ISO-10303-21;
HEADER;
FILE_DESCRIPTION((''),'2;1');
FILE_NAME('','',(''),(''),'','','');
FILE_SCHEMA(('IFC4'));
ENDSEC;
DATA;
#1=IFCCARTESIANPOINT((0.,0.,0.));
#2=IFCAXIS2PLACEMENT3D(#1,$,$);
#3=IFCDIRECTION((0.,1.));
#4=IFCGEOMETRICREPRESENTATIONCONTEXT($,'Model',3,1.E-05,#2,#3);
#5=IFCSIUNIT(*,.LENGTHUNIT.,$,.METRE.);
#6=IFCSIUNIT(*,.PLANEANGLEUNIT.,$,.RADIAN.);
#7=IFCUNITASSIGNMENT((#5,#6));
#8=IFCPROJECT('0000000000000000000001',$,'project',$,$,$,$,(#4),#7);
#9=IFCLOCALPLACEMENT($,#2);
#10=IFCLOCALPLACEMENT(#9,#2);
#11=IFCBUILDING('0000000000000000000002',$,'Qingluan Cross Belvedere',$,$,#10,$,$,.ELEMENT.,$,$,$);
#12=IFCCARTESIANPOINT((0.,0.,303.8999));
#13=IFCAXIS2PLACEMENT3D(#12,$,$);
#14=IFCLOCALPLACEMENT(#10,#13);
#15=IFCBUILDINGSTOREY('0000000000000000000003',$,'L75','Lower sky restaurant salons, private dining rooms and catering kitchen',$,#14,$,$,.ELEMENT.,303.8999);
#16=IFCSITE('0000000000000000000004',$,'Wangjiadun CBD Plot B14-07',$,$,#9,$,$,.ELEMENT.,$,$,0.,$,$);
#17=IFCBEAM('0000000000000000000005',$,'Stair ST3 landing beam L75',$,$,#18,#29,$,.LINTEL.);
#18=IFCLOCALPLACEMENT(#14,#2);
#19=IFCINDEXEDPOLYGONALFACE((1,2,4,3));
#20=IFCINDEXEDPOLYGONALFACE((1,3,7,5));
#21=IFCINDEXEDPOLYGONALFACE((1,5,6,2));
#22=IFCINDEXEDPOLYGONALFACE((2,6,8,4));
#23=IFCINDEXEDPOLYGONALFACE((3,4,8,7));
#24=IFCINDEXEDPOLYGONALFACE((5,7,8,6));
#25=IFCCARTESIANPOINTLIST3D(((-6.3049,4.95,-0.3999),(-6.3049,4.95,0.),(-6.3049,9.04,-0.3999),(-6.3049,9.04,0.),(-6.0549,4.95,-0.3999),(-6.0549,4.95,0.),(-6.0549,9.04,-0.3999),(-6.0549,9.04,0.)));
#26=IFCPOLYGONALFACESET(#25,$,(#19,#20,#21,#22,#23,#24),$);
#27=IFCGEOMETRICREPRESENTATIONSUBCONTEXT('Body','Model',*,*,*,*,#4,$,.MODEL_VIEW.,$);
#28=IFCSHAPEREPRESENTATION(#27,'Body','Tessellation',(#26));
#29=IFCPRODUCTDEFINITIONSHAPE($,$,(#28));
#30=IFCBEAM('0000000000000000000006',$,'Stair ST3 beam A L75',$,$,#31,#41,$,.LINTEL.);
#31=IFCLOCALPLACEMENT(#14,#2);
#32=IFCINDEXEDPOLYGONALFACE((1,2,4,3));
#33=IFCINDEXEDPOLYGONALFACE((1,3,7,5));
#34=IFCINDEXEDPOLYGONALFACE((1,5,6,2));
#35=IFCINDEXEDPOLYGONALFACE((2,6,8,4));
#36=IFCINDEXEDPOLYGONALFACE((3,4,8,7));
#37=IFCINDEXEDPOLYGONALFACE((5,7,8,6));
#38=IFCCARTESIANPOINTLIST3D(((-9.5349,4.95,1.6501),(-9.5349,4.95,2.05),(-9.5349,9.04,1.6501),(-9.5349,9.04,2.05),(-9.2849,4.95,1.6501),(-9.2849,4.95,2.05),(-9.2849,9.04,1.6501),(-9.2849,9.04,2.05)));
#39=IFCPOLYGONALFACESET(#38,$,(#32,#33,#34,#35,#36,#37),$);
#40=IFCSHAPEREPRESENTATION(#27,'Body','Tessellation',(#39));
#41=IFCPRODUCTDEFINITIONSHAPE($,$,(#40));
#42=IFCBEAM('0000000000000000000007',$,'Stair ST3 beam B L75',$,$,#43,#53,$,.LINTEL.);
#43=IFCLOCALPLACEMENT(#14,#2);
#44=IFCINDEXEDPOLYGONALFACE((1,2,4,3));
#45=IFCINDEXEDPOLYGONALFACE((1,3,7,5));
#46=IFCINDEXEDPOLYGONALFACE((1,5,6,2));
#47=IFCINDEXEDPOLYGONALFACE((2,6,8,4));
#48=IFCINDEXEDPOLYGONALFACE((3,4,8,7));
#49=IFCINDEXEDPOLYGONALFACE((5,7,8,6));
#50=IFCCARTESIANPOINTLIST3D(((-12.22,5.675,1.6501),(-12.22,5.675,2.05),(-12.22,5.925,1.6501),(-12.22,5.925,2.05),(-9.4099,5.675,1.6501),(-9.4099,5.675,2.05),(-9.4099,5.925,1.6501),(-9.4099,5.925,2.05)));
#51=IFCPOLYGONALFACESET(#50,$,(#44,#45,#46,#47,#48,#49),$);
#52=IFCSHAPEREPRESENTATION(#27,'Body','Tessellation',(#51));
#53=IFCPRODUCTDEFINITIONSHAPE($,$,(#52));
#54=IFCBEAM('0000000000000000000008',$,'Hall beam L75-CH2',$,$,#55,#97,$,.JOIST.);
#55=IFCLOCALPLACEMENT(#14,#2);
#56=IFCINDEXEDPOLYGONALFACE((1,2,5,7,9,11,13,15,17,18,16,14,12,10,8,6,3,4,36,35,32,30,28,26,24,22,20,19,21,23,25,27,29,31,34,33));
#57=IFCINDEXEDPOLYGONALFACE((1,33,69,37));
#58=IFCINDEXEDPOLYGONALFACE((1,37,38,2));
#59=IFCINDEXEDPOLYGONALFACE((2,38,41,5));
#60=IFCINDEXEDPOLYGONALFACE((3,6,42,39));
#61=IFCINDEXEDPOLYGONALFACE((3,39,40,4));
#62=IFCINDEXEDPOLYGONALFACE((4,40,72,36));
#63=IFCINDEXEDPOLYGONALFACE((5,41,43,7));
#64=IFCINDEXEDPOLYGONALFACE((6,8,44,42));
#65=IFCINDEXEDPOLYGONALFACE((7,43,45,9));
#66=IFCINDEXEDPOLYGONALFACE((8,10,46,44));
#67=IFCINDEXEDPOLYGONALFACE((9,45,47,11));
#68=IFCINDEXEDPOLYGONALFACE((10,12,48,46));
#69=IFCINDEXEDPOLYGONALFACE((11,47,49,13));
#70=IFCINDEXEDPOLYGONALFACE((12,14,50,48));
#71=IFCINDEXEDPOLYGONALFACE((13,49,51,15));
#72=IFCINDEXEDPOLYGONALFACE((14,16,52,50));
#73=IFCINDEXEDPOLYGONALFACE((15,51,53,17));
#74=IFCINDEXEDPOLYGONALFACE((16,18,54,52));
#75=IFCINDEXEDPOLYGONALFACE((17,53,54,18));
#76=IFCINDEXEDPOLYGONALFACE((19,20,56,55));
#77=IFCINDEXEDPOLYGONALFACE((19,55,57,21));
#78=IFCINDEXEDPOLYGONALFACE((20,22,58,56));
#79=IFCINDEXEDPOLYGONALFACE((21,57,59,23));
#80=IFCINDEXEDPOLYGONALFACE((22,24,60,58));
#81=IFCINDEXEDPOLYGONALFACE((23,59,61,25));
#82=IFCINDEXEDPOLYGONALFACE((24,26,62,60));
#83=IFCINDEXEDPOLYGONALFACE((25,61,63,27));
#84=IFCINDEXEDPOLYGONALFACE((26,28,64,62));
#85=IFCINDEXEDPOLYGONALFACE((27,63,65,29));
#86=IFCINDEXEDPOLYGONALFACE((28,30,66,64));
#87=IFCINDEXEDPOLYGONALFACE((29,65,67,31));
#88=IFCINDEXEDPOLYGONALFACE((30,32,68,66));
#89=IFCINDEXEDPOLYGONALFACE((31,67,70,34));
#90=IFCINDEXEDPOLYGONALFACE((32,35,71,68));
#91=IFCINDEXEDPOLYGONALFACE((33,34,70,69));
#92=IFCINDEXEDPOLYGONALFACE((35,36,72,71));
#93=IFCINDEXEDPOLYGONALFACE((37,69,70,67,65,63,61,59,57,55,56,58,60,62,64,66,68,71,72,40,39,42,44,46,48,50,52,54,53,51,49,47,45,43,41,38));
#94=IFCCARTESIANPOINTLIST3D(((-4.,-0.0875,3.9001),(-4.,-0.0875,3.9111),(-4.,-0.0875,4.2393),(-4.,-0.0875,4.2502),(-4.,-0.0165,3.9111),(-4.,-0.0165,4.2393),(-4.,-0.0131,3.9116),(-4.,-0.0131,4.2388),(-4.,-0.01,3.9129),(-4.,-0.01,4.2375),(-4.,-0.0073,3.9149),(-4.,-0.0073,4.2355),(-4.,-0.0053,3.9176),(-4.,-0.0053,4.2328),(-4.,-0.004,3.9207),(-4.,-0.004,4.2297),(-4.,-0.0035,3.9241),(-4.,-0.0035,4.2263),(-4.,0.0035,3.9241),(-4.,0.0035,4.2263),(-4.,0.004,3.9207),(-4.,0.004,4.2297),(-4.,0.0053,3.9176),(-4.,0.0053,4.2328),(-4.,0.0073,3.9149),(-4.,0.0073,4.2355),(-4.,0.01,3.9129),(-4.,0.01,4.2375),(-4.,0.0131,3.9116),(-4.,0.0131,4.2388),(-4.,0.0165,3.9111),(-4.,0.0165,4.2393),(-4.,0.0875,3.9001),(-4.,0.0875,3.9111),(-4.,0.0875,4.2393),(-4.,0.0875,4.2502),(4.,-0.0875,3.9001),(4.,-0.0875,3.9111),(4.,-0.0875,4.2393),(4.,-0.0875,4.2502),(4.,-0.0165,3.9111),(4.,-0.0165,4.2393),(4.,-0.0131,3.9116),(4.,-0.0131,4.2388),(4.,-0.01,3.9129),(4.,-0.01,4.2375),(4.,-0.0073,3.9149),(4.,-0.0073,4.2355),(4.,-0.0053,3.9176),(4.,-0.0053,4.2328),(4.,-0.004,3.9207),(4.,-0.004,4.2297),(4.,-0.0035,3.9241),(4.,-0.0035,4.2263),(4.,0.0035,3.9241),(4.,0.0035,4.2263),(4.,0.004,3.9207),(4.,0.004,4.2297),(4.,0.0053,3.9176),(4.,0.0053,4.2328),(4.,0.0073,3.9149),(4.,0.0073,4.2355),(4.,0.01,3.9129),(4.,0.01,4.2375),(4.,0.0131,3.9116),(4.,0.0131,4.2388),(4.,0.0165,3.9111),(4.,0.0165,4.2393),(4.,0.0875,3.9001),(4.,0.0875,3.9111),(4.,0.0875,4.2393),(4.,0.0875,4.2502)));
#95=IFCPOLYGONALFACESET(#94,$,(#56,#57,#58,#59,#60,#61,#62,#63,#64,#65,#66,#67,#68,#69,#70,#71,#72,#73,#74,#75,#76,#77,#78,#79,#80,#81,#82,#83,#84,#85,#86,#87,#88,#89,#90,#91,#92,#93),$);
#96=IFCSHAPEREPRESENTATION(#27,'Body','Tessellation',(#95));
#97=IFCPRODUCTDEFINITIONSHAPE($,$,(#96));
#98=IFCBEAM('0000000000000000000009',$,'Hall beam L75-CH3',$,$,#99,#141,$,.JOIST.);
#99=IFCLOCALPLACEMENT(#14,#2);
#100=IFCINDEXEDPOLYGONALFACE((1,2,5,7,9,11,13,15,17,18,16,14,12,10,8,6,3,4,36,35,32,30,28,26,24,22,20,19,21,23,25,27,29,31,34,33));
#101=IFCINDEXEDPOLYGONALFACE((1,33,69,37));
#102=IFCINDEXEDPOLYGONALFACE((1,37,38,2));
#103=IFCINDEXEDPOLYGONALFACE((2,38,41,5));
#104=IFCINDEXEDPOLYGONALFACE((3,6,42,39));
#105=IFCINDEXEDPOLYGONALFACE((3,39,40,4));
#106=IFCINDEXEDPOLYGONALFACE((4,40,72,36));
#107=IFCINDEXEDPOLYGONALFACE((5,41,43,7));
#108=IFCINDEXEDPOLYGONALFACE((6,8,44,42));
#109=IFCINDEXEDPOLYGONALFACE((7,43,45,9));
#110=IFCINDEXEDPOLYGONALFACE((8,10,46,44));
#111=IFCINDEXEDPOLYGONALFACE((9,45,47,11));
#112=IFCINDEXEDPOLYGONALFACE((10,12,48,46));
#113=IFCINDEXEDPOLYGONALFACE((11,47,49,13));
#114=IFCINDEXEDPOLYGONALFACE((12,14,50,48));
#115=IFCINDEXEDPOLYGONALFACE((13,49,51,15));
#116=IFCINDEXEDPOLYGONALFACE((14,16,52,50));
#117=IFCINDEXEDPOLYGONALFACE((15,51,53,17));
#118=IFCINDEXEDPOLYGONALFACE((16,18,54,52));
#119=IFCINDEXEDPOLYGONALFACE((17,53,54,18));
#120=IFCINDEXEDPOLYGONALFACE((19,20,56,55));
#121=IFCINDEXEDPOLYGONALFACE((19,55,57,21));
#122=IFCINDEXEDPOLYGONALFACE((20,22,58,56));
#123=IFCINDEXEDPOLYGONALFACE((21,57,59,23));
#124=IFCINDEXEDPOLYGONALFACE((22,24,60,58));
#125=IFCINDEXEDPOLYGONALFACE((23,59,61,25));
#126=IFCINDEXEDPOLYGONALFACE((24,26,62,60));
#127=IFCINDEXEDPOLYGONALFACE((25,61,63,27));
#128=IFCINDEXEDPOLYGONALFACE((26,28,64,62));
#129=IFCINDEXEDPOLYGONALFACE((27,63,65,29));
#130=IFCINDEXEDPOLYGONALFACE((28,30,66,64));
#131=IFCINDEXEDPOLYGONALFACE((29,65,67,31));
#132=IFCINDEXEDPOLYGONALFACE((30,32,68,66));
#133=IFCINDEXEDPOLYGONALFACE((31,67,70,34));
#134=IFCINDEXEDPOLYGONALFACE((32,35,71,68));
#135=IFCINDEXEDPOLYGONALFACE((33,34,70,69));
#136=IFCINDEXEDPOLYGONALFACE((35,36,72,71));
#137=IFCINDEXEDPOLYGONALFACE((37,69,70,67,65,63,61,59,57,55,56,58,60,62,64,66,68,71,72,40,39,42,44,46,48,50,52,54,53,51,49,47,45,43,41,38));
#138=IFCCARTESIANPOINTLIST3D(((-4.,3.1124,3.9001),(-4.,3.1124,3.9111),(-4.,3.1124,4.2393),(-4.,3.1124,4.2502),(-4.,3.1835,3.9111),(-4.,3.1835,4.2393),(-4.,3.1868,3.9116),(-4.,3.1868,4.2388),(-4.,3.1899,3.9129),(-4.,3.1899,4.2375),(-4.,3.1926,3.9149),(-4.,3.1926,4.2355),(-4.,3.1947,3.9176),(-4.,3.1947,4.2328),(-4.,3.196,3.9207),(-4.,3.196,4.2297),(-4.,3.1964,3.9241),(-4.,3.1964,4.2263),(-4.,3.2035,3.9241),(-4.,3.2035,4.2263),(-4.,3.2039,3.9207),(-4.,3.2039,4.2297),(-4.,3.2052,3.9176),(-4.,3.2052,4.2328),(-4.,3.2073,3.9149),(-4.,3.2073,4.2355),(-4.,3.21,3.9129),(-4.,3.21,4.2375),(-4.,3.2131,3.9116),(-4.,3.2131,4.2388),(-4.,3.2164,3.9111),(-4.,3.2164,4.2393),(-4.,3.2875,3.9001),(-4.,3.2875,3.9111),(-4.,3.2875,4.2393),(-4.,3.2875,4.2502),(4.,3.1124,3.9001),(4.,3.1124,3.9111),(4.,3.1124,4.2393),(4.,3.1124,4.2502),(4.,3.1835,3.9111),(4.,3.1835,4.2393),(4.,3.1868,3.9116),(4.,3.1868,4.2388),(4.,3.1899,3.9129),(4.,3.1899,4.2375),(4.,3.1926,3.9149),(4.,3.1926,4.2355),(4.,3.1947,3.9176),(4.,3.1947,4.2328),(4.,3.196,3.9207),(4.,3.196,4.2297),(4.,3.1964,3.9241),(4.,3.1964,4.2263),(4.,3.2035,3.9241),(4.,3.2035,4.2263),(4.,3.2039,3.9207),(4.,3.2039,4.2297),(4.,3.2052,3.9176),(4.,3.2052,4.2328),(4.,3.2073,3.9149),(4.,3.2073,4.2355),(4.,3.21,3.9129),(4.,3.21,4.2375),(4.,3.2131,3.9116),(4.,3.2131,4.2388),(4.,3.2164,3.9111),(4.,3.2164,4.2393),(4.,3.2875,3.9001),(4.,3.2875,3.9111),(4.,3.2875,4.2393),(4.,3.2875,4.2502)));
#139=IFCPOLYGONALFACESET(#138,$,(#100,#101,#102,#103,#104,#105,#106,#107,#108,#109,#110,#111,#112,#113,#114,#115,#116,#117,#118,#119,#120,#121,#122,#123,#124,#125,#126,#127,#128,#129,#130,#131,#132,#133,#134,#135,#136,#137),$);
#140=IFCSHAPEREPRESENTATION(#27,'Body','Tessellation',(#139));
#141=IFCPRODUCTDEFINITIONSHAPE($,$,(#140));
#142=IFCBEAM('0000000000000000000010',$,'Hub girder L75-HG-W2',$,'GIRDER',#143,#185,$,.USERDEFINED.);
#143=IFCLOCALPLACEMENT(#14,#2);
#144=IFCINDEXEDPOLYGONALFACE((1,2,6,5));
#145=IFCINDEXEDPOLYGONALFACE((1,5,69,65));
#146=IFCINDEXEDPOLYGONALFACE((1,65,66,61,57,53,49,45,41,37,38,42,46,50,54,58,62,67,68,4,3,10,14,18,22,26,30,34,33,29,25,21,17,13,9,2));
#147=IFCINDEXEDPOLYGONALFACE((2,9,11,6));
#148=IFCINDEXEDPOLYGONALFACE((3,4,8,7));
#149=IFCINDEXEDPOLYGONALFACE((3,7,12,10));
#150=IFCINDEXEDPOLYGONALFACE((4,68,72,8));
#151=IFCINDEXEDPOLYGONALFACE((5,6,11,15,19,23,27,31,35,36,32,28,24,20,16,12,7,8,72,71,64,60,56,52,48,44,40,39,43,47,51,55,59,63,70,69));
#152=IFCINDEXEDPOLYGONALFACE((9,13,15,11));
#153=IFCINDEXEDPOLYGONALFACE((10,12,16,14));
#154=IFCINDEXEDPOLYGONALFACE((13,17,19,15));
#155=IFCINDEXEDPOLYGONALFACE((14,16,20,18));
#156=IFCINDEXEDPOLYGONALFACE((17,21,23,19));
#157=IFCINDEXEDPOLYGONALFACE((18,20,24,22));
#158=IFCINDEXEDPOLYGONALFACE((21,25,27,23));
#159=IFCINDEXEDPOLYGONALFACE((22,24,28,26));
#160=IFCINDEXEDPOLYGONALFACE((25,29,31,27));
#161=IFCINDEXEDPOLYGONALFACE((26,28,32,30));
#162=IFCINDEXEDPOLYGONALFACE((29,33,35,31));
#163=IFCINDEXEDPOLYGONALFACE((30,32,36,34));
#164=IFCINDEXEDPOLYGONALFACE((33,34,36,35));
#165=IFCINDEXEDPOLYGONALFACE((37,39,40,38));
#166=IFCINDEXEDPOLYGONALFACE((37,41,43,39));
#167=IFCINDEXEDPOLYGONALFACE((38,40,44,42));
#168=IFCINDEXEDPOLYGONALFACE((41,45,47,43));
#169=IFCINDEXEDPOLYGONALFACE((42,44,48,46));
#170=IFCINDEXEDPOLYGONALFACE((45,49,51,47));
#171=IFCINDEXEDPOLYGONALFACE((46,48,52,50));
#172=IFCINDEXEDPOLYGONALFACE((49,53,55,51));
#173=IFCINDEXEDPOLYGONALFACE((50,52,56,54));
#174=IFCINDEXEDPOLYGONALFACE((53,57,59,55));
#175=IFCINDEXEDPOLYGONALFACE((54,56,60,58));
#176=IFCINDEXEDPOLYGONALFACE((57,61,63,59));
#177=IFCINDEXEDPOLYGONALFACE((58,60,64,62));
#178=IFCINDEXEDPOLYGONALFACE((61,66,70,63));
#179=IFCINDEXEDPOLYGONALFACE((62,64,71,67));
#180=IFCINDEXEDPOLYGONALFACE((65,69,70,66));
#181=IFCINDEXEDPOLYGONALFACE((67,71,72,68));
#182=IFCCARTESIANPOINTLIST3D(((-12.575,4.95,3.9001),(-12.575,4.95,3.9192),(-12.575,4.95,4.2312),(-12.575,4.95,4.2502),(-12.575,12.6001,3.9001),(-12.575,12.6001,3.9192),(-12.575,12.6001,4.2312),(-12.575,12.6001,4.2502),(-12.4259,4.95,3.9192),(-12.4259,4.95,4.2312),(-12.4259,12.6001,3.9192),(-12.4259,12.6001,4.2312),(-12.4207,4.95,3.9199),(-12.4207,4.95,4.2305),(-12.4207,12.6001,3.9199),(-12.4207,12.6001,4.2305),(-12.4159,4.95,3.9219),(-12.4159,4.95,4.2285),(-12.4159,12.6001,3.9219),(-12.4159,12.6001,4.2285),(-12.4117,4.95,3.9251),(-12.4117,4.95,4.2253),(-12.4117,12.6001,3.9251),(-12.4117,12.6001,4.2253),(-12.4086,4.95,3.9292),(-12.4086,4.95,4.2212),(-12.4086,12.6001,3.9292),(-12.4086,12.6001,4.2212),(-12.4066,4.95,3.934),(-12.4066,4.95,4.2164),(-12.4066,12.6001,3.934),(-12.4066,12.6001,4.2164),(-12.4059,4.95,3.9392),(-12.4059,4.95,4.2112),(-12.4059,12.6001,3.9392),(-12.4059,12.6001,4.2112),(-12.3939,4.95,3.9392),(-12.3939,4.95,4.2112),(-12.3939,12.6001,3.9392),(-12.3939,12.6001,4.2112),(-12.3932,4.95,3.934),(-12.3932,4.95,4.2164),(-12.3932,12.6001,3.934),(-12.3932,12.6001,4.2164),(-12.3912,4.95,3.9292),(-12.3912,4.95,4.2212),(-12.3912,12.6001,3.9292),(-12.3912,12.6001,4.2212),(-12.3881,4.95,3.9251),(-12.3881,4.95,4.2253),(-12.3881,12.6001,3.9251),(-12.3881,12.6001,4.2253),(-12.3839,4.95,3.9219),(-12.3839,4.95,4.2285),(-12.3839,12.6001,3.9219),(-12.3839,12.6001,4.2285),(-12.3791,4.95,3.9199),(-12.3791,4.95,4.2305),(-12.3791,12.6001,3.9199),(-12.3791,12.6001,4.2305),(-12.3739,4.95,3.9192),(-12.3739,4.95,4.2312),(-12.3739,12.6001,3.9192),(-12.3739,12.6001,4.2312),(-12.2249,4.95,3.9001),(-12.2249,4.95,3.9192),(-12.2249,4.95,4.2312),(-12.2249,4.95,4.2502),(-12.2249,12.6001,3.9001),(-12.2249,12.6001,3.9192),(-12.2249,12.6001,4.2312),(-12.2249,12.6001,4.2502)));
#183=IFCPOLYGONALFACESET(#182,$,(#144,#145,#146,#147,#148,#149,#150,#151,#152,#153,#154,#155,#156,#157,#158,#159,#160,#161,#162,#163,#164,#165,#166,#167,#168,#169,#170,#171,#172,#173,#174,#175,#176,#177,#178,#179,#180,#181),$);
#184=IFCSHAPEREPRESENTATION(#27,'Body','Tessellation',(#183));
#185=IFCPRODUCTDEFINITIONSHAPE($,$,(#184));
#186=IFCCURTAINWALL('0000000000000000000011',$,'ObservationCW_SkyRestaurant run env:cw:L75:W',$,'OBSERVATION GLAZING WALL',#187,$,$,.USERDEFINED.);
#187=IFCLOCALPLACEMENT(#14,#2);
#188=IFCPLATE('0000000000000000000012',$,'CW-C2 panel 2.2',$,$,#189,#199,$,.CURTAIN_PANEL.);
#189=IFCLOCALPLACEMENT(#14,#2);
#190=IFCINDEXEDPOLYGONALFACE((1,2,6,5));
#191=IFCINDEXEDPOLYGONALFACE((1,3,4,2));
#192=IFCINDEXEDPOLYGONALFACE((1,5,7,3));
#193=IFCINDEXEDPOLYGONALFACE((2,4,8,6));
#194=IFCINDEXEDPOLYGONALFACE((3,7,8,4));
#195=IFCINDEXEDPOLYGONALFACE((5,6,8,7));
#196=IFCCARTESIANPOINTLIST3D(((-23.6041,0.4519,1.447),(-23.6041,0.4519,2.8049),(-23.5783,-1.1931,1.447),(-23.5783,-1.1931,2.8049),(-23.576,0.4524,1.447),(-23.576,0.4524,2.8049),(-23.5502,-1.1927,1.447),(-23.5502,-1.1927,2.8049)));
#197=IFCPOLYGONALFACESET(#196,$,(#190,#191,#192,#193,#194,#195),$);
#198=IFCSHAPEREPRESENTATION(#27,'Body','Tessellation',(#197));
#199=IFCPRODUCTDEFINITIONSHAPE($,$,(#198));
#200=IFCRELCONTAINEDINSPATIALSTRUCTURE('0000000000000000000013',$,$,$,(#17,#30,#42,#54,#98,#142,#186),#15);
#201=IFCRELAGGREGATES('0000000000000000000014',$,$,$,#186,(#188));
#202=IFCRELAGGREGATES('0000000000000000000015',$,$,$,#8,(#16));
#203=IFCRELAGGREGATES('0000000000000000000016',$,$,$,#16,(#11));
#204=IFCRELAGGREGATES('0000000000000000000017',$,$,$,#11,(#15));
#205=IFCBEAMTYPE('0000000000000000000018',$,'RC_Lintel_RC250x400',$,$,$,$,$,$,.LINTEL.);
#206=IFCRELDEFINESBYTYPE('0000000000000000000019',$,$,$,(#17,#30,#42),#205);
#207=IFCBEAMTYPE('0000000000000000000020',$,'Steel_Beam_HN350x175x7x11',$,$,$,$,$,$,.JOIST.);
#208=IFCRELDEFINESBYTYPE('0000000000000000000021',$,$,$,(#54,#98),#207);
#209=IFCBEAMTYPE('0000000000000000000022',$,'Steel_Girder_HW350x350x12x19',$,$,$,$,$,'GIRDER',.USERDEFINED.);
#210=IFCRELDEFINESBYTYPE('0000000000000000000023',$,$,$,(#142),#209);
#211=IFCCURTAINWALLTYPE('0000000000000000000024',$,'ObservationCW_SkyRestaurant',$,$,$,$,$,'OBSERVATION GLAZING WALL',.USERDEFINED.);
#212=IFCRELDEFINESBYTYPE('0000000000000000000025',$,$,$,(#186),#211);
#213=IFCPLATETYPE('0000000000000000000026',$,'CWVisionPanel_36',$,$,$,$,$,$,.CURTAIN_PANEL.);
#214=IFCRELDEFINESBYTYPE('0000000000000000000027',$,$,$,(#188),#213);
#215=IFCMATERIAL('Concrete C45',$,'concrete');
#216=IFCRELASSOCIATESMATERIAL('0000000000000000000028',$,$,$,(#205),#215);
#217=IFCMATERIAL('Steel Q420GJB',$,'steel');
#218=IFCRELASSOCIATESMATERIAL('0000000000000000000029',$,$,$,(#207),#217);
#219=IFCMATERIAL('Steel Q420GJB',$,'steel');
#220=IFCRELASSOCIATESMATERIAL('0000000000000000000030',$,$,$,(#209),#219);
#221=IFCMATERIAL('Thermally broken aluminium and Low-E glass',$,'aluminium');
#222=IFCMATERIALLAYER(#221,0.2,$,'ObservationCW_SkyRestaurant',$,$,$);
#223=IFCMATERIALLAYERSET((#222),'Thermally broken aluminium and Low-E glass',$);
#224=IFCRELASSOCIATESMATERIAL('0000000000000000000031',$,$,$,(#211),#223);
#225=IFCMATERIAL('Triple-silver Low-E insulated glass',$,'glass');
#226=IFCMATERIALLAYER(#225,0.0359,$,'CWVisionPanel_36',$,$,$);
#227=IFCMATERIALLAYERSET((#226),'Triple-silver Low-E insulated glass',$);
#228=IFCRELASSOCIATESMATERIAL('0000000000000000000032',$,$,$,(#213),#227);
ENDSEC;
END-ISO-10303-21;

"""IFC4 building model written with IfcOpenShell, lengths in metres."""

from ifc_helpers import new_model, si_unit, direction, frame, origin, origin_2d, place, context, subcontext, project, spatial, rectangle, i_section, extrude, material, layer, layer_set, material_profile, profile_set, type_object, element, aggregate, save


model = new_model("IFC4")

# Units and contexts
model_context = context("Model", 3, precision=1e-05, world=origin(), true_north=direction((0.0, 1.0)))
body_context = subcontext(model_context, "Body", "Model", "MODEL_VIEW")
ifc_project = project(units=[si_unit("LENGTHUNIT", "METRE"), si_unit("PLANEANGLEUNIT", "RADIAN")], contexts=[model_context])

# Site, building, storey
site_placement = place(None, origin())
site = spatial("IfcSite", under=ifc_project, at=site_placement, Name="Wangjiadun CBD Plot B14-07", CompositionType="ELEMENT", RefElevation=0.0)
building_placement = place(site_placement, origin())
building = spatial("IfcBuilding", under=site, at=building_placement, Name="Qingluan Cross Belvedere", CompositionType="ELEMENT")
storey_placement = place(building_placement, frame((0.0, 0.0, 303.8999)))
storey = spatial("IfcBuildingStorey", under=building, at=storey_placement, Name="L75", Description="Lower sky restaurant salons, private dining rooms and catering kitchen", CompositionType="ELEMENT", Elevation=303.8999)

# Beams
ifc_material_1 = material(Name="Concrete C45", Category="concrete")
ifc_material_profile_1 = material_profile(ifc_material_1, rectangle(XDim=0.25, YDim=0.3999, at=origin_2d()), Name="RC250x400")
ifc_profile_set_1 = profile_set([ifc_material_profile_1], Name="Concrete C45")
beam_type_1 = type_object("IfcBeamType", Name="RC_Lintel_RC250x400", PredefinedType="LINTEL", material=ifc_profile_set_1)
for number, where, z_axis, x_axis, name in (
    (1, (-6.1799, 4.95, -0.2), (0.0, 1.0, 0.0), (-1.0, 0.0, 0.0), "Stair ST3 landing beam L75"),
    (2, (-9.4099, 4.95, 1.8501), (0.0, 1.0, 0.0), (-1.0, 0.0, 0.0), "Stair ST3 beam A L75"),
):
    element("IfcBeam", number, at=place(storey_placement, frame(where, z_axis=z_axis, x_axis=x_axis)), inside=storey, type_object=beam_type_1, Name=name, PredefinedType="LINTEL", context=body_context, shape_type="SweptSolid", body=[
        extrude(rectangle(XDim=0.25, YDim=0.3999, at=origin_2d()), origin(), (0.0, 0.0, 1.0), 4.0901),
    ])
beam_1_placement = place(storey_placement, frame((-12.22, 5.8, 1.8501), z_axis=(1.0, 0.0, 0.0), x_axis=(0.0, 1.0, 0.0)))
element("IfcBeam", 3, at=beam_1_placement, inside=storey, type_object=beam_type_1, Name="Stair ST3 beam B L75", PredefinedType="LINTEL", context=body_context, shape_type="SweptSolid", body=[
    extrude(rectangle(XDim=0.25, YDim=0.3999, at=origin_2d()), origin(), (0.0, 0.0, 1.0), 2.8101),
])
ifc_material_2 = material(Name="Steel Q420GJB", Category="steel")
ifc_material_profile_2 = material_profile(ifc_material_2, i_section(OverallWidth=0.175, OverallDepth=0.3501, WebThickness=0.0071, FlangeThickness=0.011, FilletRadius=0.0129, at=origin_2d()), Name="HN350x175x7x11")
ifc_profile_set_2 = profile_set([ifc_material_profile_2], Name="Steel Q420GJB")
beam_type_2 = type_object("IfcBeamType", Name="Steel_Beam_HN350x175x7x11", PredefinedType="JOIST", material=ifc_profile_set_2)
for number, where, z_axis, x_axis, name in (
    (4, (-4.0, 0.0, 4.0752), (1.0, 0.0, 0.0), (0.0, 1.0, 0.0), "Hall beam L75-CH2"),
    (5, (-4.0, 3.2, 4.0752), (1.0, 0.0, 0.0), (0.0, 1.0, 0.0), "Hall beam L75-CH3"),
):
    element("IfcBeam", number, at=place(storey_placement, frame(where, z_axis=z_axis, x_axis=x_axis)), inside=storey, type_object=beam_type_2, Name=name, PredefinedType="JOIST", context=body_context, shape_type="SweptSolid", body=[
        extrude(i_section(OverallWidth=0.175, OverallDepth=0.3501, WebThickness=0.0071, FlangeThickness=0.011, FilletRadius=0.0129, at=origin_2d()), origin(), (0.0, 0.0, 1.0), 8.0),
    ])
ifc_material_3 = material(Name="Steel Q420GJB", Category="steel")
ifc_material_profile_3 = material_profile(ifc_material_3, i_section(OverallWidth=0.3501, OverallDepth=0.3501, WebThickness=0.012, FlangeThickness=0.019, FilletRadius=0.02, at=origin_2d()), Name="HW350x350x12x19")
ifc_profile_set_3 = profile_set([ifc_material_profile_3], Name="Steel Q420GJB")
beam_type_3 = type_object("IfcBeamType", Name="Steel_Girder_HW350x350x12x19", ElementType="GIRDER", PredefinedType="USERDEFINED", material=ifc_profile_set_3)
beam_2_placement = place(storey_placement, frame((-12.3999, 4.95, 4.0752), z_axis=(0.0, 1.0, 0.0), x_axis=(-1.0, 0.0, 0.0)))
element("IfcBeam", 6, at=beam_2_placement, inside=storey, type_object=beam_type_3, Name="Hub girder L75-HG-W2", ObjectType="GIRDER", PredefinedType="USERDEFINED", context=body_context, shape_type="SweptSolid", body=[
    extrude(i_section(OverallWidth=0.3501, OverallDepth=0.3501, WebThickness=0.012, FlangeThickness=0.019, FilletRadius=0.02, at=origin_2d()), origin(), (0.0, 0.0, 1.0), 7.6501),
])

# Curtain wall, plate
ifc_material_4 = material(Name="Thermally broken aluminium and Low-E glass", Category="aluminium")
ifc_layer_1 = layer(ifc_material_4, 0.2, Name="ObservationCW_SkyRestaurant")
ifc_layer_set_1 = layer_set([ifc_layer_1], Name="Thermally broken aluminium and Low-E glass")
curtain_wall_type = type_object("IfcCurtainWallType", Name="ObservationCW_SkyRestaurant", ElementType="OBSERVATION GLAZING WALL", PredefinedType="USERDEFINED", material=ifc_layer_set_1)
curtain_wall_placement = place(storey_placement, origin())
curtain_wall = element("IfcCurtainWall", 7, at=curtain_wall_placement, inside=storey, type_object=curtain_wall_type, Name="ObservationCW_SkyRestaurant run env:cw:L75:W", ObjectType="OBSERVATION GLAZING WALL", PredefinedType="USERDEFINED")
ifc_material_5 = material(Name="Triple-silver Low-E insulated glass", Category="glass")
ifc_layer_2 = layer(ifc_material_5, 0.0359, Name="CWVisionPanel_36")
ifc_layer_set_2 = layer_set([ifc_layer_2], Name="Triple-silver Low-E insulated glass")
plate_type = type_object("IfcPlateType", Name="CWVisionPanel_36", PredefinedType="CURTAIN_PANEL", material=ifc_layer_set_2)
plate_1_placement = place(storey_placement, frame((-23.5771, -0.3704, 1.447), z_axis=(0.0, 0.0, 1.0), x_axis=(0.015696, -0.999877, 0.0)))
plate_1 = element("IfcPlate", 8, at=plate_1_placement, type_object=plate_type, Name="CW-C2 panel 2.2", PredefinedType="CURTAIN_PANEL", context=body_context, shape_type="SweptSolid", body=[
    extrude(rectangle(XDim=1.6453, YDim=0.0281, at=origin_2d()), origin(), (0.0, 0.0, 1.0), 1.3579),
])
aggregate(curtain_wall, [plate_1])

save(model, "model.ifc")
